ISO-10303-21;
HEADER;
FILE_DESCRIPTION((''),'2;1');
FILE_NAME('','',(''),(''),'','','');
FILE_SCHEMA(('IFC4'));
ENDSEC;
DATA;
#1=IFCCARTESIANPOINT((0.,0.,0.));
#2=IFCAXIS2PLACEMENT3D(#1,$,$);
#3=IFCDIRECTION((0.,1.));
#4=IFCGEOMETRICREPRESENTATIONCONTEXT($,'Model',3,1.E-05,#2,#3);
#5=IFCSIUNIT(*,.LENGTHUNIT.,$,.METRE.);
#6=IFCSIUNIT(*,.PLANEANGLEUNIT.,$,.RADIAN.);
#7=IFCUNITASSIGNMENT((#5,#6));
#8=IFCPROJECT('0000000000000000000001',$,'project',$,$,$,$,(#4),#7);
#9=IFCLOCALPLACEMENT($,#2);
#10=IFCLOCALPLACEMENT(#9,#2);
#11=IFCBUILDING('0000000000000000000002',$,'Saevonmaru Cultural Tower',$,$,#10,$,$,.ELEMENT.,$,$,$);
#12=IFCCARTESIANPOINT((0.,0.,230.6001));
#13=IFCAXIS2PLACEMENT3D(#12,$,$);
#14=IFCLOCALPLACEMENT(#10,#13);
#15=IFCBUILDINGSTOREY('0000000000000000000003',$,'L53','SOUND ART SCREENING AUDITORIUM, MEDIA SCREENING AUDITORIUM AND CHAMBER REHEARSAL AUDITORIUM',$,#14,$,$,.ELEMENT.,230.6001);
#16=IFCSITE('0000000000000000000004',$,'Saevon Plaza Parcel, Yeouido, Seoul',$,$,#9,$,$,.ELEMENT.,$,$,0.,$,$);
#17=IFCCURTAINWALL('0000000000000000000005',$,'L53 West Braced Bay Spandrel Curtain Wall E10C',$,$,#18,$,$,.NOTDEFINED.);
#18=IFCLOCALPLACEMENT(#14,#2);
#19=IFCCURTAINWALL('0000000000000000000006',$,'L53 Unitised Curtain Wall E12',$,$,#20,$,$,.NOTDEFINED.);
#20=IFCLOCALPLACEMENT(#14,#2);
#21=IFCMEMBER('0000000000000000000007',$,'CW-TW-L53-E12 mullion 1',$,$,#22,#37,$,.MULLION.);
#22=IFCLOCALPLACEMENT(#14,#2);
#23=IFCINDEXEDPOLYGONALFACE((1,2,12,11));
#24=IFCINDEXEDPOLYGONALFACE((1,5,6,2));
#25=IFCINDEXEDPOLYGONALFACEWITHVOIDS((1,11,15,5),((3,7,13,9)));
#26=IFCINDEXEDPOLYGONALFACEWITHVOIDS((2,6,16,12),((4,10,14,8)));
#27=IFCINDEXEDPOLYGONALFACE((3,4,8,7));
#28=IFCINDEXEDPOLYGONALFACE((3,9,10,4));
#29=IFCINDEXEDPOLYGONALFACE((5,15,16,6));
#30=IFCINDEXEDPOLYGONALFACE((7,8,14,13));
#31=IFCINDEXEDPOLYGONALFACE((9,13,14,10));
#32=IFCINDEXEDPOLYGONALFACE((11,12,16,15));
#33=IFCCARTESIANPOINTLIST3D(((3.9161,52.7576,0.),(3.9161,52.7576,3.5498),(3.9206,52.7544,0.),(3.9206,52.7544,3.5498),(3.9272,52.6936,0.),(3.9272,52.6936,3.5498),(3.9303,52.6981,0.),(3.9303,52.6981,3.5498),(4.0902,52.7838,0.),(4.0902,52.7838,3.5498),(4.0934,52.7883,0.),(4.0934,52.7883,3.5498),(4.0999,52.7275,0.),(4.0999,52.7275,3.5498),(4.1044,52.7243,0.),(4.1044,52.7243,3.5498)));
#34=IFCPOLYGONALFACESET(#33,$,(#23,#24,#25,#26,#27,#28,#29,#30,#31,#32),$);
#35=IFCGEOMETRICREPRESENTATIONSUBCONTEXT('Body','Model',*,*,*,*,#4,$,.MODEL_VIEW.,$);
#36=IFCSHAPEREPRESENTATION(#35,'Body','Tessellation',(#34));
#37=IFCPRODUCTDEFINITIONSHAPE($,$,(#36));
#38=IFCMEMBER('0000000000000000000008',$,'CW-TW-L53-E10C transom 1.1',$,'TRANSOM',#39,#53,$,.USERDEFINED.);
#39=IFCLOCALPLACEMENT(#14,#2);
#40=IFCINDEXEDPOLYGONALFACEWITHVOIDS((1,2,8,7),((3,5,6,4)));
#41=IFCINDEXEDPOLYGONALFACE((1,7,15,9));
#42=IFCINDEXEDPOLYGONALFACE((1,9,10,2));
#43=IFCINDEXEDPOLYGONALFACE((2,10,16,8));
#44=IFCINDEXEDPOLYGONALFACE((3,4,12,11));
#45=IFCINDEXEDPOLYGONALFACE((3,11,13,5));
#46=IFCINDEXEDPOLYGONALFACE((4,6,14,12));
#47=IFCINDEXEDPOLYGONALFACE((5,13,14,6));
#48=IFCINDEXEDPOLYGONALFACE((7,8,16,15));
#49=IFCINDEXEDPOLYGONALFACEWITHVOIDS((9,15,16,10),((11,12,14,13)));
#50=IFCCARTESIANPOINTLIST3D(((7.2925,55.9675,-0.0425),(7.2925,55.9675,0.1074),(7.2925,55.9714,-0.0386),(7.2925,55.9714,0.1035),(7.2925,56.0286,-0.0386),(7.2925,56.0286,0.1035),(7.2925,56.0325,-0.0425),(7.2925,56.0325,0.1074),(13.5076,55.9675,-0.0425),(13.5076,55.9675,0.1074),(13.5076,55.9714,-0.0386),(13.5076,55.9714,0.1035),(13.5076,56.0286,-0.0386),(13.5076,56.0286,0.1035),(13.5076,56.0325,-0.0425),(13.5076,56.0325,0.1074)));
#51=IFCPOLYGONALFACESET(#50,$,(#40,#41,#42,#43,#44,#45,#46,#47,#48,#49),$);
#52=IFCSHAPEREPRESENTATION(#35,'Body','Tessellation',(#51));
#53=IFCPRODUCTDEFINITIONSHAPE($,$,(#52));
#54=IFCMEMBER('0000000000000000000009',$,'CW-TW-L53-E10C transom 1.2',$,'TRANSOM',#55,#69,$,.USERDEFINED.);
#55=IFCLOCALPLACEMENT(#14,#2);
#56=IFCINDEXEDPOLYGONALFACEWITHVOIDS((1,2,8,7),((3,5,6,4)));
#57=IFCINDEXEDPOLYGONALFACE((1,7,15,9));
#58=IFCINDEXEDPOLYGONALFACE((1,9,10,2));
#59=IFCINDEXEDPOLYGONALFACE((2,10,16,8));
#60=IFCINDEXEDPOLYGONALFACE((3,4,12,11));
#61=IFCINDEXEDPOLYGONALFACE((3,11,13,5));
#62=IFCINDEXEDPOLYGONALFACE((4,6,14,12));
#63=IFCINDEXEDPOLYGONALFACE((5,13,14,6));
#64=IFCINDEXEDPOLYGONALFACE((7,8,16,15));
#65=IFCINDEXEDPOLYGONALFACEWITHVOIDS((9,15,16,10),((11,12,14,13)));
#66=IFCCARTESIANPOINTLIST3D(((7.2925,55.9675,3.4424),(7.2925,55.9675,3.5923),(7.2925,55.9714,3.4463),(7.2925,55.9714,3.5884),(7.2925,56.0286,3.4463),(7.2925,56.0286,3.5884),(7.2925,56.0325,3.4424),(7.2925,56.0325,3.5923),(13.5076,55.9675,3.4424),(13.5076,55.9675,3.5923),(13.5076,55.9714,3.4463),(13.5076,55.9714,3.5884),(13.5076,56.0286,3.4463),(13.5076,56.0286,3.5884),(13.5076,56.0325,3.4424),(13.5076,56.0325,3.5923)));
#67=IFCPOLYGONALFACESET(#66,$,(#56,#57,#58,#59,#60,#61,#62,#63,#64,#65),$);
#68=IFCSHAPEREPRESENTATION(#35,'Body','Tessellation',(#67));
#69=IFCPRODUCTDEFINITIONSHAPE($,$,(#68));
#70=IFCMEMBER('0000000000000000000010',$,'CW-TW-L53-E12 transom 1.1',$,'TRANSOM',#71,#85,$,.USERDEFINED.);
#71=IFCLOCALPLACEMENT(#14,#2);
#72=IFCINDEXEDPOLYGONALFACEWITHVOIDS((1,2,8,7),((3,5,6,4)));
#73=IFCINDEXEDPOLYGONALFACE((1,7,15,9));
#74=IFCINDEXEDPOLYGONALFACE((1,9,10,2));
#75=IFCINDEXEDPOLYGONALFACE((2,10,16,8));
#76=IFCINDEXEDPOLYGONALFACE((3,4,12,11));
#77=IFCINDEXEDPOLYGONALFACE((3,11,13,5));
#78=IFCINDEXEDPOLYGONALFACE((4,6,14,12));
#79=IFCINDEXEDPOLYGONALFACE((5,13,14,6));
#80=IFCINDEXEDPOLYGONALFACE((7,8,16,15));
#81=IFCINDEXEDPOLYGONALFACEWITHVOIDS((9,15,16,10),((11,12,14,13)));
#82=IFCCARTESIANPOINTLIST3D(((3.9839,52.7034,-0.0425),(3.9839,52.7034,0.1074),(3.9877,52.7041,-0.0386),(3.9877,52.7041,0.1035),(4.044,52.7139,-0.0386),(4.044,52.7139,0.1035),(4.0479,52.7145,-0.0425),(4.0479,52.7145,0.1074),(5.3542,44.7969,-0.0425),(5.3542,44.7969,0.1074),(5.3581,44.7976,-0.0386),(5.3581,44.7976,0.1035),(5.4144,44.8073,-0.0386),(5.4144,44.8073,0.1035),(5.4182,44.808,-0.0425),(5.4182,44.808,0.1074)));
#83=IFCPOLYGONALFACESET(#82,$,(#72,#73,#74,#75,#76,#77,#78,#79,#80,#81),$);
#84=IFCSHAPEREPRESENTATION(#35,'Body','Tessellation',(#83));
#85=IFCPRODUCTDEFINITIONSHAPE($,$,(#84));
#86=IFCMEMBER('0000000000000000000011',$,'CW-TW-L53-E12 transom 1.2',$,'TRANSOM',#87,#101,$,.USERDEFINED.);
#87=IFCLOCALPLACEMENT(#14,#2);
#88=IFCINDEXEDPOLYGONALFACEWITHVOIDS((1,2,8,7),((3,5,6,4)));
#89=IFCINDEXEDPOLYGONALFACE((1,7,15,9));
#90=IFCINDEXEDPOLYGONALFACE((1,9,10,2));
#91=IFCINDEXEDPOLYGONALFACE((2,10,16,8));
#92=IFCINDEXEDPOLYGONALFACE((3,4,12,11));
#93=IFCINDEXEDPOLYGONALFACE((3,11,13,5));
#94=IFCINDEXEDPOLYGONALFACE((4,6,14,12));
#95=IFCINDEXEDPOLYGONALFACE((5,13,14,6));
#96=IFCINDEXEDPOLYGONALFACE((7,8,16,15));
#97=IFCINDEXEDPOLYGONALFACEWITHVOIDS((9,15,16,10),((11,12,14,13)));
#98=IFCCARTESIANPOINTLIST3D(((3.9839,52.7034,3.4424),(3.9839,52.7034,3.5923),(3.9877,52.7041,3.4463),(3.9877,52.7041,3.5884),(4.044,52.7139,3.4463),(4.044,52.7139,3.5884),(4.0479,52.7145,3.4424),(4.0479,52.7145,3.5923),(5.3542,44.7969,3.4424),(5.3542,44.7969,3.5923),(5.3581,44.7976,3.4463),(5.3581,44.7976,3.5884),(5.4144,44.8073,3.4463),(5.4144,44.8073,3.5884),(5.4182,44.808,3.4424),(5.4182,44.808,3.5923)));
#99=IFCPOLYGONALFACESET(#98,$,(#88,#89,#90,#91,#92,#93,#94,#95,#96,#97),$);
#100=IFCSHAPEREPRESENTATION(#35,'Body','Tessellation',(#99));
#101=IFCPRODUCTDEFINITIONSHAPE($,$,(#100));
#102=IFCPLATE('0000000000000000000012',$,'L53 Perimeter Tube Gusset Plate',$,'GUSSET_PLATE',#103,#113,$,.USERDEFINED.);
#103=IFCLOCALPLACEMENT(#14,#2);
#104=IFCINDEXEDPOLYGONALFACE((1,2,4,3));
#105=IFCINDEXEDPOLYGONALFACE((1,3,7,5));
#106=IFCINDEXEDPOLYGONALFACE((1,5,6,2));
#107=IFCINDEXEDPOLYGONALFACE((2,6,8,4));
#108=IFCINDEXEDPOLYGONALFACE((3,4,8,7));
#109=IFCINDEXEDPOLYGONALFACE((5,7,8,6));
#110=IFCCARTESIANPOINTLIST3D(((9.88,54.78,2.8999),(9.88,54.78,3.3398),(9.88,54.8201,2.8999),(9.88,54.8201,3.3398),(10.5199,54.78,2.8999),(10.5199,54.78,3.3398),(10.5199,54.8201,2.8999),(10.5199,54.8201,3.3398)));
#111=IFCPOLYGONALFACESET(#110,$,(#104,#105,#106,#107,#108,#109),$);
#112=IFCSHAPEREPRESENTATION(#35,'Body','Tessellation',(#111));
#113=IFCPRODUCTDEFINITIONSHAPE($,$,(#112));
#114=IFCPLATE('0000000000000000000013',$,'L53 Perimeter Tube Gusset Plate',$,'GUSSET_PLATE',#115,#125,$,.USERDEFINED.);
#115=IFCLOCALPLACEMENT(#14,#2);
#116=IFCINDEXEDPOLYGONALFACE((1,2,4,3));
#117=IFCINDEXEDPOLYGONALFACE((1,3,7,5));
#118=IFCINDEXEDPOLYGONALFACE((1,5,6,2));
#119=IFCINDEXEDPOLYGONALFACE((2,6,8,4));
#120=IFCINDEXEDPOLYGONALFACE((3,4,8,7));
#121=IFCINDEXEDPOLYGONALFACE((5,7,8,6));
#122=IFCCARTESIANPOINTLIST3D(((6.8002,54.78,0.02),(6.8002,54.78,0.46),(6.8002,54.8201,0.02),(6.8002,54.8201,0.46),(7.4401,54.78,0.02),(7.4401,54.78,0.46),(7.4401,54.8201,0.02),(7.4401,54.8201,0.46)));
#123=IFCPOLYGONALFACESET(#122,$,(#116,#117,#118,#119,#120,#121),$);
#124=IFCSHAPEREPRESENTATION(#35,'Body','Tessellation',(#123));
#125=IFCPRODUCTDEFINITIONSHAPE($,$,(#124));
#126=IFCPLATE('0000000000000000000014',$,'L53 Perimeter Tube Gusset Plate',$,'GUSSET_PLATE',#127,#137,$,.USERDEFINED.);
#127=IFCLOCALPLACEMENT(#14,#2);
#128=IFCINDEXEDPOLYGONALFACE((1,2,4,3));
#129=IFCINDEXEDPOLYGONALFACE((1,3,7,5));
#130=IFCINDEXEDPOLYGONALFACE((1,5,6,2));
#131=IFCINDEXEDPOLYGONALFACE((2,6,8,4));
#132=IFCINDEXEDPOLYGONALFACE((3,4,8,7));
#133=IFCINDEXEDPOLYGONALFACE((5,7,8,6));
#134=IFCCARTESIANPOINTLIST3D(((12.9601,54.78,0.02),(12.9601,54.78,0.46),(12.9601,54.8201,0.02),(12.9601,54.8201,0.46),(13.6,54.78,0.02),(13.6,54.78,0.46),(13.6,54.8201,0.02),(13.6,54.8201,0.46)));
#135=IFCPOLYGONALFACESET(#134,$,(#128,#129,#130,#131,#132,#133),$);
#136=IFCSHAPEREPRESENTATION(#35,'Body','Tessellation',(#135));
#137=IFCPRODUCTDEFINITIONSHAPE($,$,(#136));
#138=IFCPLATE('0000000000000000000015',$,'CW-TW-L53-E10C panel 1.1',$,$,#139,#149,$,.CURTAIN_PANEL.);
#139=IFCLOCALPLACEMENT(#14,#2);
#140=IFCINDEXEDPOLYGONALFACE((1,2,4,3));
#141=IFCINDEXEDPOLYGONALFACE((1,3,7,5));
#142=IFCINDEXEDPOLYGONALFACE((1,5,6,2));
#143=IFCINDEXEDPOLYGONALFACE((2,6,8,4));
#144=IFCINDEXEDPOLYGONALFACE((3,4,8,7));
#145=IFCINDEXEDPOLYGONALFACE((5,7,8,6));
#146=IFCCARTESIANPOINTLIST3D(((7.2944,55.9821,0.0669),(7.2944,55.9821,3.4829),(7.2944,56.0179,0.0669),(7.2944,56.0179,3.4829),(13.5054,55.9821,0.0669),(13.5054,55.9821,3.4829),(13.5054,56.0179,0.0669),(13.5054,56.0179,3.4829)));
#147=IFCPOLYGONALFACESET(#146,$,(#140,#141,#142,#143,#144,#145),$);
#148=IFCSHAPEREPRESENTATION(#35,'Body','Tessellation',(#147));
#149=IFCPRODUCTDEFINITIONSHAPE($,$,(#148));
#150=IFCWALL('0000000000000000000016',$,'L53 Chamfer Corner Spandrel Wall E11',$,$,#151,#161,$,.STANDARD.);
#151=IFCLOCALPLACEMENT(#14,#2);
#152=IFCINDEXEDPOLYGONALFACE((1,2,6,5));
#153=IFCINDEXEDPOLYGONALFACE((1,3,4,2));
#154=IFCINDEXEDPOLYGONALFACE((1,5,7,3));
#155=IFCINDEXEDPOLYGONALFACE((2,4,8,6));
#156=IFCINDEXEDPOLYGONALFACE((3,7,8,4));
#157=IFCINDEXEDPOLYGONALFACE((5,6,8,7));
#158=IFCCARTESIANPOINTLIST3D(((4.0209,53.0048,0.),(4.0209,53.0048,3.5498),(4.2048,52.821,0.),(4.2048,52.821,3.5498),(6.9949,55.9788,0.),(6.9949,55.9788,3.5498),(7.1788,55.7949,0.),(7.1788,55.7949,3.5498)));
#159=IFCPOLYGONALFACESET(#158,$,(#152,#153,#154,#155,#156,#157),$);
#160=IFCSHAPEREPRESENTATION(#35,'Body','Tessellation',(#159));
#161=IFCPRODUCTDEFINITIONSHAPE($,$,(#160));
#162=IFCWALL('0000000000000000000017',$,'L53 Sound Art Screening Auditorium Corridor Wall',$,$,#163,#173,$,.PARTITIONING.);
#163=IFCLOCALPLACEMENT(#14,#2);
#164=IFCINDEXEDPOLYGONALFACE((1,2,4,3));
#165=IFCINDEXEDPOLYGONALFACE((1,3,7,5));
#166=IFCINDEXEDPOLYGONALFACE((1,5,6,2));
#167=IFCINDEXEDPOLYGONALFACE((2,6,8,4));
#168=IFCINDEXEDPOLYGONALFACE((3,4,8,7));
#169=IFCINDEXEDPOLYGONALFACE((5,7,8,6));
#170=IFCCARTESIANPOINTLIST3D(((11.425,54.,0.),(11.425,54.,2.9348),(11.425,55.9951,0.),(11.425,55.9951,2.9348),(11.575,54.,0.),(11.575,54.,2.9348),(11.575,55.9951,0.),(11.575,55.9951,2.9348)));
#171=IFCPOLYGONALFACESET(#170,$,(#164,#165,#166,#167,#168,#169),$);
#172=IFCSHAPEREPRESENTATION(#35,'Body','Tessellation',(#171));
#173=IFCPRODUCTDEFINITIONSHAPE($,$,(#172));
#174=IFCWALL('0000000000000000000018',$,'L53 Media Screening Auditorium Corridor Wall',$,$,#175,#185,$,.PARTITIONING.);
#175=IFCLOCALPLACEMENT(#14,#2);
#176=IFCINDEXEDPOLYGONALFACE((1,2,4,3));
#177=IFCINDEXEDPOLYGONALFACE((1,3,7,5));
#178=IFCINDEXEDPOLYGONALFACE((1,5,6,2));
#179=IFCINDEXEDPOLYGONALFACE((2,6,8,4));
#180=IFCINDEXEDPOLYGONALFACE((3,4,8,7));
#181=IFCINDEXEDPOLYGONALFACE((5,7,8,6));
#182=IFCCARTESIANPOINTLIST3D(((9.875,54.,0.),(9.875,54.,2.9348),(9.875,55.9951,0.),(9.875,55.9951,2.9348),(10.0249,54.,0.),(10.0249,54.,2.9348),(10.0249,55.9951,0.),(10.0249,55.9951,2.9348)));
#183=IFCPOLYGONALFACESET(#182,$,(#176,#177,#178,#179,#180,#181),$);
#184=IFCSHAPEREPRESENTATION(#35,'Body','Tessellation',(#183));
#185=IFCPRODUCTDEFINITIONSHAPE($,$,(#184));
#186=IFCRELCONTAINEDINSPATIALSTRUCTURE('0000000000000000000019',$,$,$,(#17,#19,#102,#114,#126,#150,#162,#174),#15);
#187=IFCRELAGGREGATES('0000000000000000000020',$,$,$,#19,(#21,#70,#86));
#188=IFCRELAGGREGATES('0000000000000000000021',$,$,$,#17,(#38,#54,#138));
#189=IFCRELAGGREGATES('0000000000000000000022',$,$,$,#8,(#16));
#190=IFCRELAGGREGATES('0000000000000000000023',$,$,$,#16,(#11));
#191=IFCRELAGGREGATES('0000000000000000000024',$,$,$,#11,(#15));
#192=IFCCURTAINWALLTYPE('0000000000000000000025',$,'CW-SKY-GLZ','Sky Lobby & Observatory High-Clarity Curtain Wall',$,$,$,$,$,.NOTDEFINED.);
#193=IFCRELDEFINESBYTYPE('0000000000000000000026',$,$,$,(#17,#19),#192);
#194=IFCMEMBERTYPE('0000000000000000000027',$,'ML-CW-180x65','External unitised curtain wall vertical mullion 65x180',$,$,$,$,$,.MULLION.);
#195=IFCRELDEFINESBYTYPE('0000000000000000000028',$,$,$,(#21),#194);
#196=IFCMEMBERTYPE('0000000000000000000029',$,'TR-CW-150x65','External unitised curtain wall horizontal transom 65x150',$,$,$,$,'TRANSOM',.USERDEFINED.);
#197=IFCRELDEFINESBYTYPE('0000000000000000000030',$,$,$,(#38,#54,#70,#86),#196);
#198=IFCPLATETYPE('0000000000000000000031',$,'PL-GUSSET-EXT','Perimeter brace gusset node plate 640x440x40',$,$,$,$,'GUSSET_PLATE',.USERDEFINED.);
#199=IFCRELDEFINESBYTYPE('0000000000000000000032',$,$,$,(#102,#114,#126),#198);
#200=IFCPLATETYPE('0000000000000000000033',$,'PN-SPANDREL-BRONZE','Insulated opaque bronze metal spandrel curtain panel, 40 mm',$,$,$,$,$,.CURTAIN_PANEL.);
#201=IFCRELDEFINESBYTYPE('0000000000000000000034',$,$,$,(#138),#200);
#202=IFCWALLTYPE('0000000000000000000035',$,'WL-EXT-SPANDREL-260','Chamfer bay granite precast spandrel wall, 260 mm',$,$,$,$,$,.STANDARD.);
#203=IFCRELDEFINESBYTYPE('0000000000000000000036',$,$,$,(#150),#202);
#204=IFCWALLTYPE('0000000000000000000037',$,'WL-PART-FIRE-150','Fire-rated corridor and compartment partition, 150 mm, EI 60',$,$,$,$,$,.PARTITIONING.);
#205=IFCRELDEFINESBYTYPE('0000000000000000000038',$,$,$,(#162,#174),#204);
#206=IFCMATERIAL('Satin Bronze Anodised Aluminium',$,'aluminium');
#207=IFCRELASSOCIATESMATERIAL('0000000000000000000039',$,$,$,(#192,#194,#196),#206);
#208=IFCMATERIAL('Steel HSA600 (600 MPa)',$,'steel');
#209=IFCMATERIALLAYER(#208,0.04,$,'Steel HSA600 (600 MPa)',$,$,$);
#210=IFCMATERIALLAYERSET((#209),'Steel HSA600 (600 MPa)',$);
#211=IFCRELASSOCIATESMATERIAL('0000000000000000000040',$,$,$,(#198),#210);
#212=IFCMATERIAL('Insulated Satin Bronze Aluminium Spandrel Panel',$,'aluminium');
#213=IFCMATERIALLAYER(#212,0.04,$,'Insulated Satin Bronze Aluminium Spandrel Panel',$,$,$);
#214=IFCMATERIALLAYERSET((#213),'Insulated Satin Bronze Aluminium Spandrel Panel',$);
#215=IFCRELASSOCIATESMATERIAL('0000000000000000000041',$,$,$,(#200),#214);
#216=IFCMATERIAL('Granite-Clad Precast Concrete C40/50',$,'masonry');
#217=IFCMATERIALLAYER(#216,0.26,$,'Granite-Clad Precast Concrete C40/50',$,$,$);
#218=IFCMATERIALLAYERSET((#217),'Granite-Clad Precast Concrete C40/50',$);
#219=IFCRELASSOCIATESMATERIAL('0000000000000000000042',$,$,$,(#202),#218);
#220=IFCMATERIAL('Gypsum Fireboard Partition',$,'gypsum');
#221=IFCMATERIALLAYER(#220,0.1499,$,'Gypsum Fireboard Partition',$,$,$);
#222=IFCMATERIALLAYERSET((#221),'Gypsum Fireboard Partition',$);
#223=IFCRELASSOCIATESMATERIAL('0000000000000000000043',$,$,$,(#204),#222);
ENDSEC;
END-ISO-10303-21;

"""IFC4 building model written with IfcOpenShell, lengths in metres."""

from ifc_helpers import new_model, si_unit, direction, frame, frame_2d, origin, origin_2d, place, context, subcontext, project, spatial, rectangle, hollow_rectangle, extrude, material, layer, layer_set, material_profile, profile_set, type_object, element, aggregate, save


model = new_model("IFC4")

# Units and contexts
model_context = context("Model", 3, precision=1e-05, world=origin(), true_north=direction((0.0, 1.0)))
body_context = subcontext(model_context, "Body", "Model", "MODEL_VIEW")
ifc_project = project(units=[si_unit("LENGTHUNIT", "METRE"), si_unit("PLANEANGLEUNIT", "RADIAN")], contexts=[model_context])

# Site, building, storey
site_placement = place(None, origin())
site = spatial("IfcSite", under=ifc_project, at=site_placement, Name="Saevon Plaza Parcel, Yeouido, Seoul", CompositionType="ELEMENT", RefElevation=0.0)
building_placement = place(site_placement, origin())
building = spatial("IfcBuilding", under=site, at=building_placement, Name="Saevonmaru Cultural Tower", CompositionType="ELEMENT")
storey_placement = place(building_placement, frame((0.0, 0.0, 230.6001)))
storey = spatial("IfcBuildingStorey", under=building, at=storey_placement, Name="L53", Description="SOUND ART SCREENING AUDITORIUM, MEDIA SCREENING AUDITORIUM AND CHAMBER REHEARSAL AUDITORIUM", CompositionType="ELEMENT", Elevation=230.6001)

# Curtain walls, member
ifc_material_1 = material(Name="Satin Bronze Anodised Aluminium", Category="aluminium")
curtain_wall_type = type_object("IfcCurtainWallType", Name="CW-SKY-GLZ", Description="Sky Lobby & Observatory High-Clarity Curtain Wall", PredefinedType="NOTDEFINED", material=ifc_material_1)
curtain_wall_1_placement = place(storey_placement, origin())
curtain_wall_1 = element("IfcCurtainWall", 1, at=curtain_wall_1_placement, inside=storey, type_object=curtain_wall_type, Name="L53 West Braced Bay Spandrel Curtain Wall E10C", PredefinedType="NOTDEFINED")
ifc_material_profile_1 = material_profile(ifc_material_1, hollow_rectangle(XDim=0.0649, YDim=0.1799, WallThickness=0.0039, at=origin_2d()), Name="ALU-MULL-180x65x4")
ifc_profile_set_1 = profile_set([ifc_material_profile_1], Name="Satin Bronze Anodised Aluminium")
member_type_1 = type_object("IfcMemberType", Name="ML-CW-180x65", Description="External unitised curtain wall vertical mullion 65x180", PredefinedType="MULLION", material=ifc_profile_set_1)
curtain_wall_2_placement = place(storey_placement, origin())
curtain_wall_2 = element("IfcCurtainWall", 2, at=curtain_wall_2_placement, inside=storey, type_object=curtain_wall_type, Name="L53 Unitised Curtain Wall E12", PredefinedType="NOTDEFINED")
member_1_placement = place(storey_placement, frame((4.0103, 52.741, 0.0), z_axis=(0.0, 0.0, 1.0), x_axis=(0.17079, -0.985307, 0.0)))
member_1 = element("IfcMember", 3, at=member_1_placement, type_object=member_type_1, Name="CW-TW-L53-E12 mullion 1", PredefinedType="MULLION", context=body_context, shape_type="SweptSolid", body=[
    extrude(hollow_rectangle(XDim=0.0649, YDim=0.1799, WallThickness=0.0039, at=origin_2d()), origin(), (0.0, 0.0, 1.0), 3.5498),
])

# Members
ifc_material_profile_2 = material_profile(ifc_material_1, hollow_rectangle(XDim=0.0649, YDim=0.1499, WallThickness=0.0039, at=origin_2d()), Name="ALU-TRAN-150x65x4")
ifc_profile_set_2 = profile_set([ifc_material_profile_2], Name="Satin Bronze Anodised Aluminium")
member_type_2 = type_object("IfcMemberType", Name="TR-CW-150x65", Description="External unitised curtain wall horizontal transom 65x150", ElementType="TRANSOM", PredefinedType="USERDEFINED", material=ifc_profile_set_2)
member_2_placement = place(storey_placement, frame((13.5076, 56.0, 0.0325), z_axis=(-1.0, 0.0, 0.0), x_axis=(0.0, -1.0, 0.0)))
member_2 = element("IfcMember", 4, at=member_2_placement, type_object=member_type_2, Name="CW-TW-L53-E10C transom 1.1", ObjectType="TRANSOM", PredefinedType="USERDEFINED", context=body_context, shape_type="SweptSolid", body=[
    extrude(hollow_rectangle(XDim=0.0649, YDim=0.1499, WallThickness=0.0039, at=origin_2d()), origin(), (0.0, 0.0, 1.0), 6.2151),
])
member_3_placement = place(storey_placement, frame((13.5076, 56.0, 3.5173), z_axis=(-1.0, 0.0, 0.0), x_axis=(0.0, -1.0, 0.0)))
member_3 = element("IfcMember", 5, at=member_3_placement, type_object=member_type_2, Name="CW-TW-L53-E10C transom 1.2", ObjectType="TRANSOM", PredefinedType="USERDEFINED", context=body_context, shape_type="SweptSolid", body=[
    extrude(hollow_rectangle(XDim=0.0649, YDim=0.1499, WallThickness=0.0039, at=origin_2d()), origin(), (0.0, 0.0, 1.0), 6.2151),
])
member_4_placement = place(storey_placement, frame((4.0159, 52.709, 0.0325), z_axis=(0.170775, -0.98531, 0.0), x_axis=(0.98531, 0.170775, 0.0)))
member_4 = element("IfcMember", 6, at=member_4_placement, type_object=member_type_2, Name="CW-TW-L53-E12 transom 1.1", ObjectType="TRANSOM", PredefinedType="USERDEFINED", context=body_context, shape_type="SweptSolid", body=[
    extrude(hollow_rectangle(XDim=0.0649, YDim=0.1499, WallThickness=0.0039, at=origin_2d()), origin(), (0.0, 0.0, 1.0), 8.0244),
])
member_5_placement = place(storey_placement, frame((4.0159, 52.709, 3.5173), z_axis=(0.170775, -0.98531, 0.0), x_axis=(0.98531, 0.170775, 0.0)))
member_5 = element("IfcMember", 7, at=member_5_placement, type_object=member_type_2, Name="CW-TW-L53-E12 transom 1.2", ObjectType="TRANSOM", PredefinedType="USERDEFINED", context=body_context, shape_type="SweptSolid", body=[
    extrude(hollow_rectangle(XDim=0.0649, YDim=0.1499, WallThickness=0.0039, at=origin_2d()), origin(), (0.0, 0.0, 1.0), 8.0244),
])
aggregate(curtain_wall_2, [member_1, member_4, member_5])

# Plates
ifc_material_2 = material(Name="Steel HSA600 (600 MPa)", Category="steel")
ifc_layer_1 = layer(ifc_material_2, 0.04, Name="Steel HSA600 (600 MPa)")
ifc_layer_set_1 = layer_set([ifc_layer_1], Name="Steel HSA600 (600 MPa)")
plate_type_1 = type_object("IfcPlateType", Name="PL-GUSSET-EXT", Description="Perimeter brace gusset node plate 640x440x40", ElementType="GUSSET_PLATE", PredefinedType="USERDEFINED", material=ifc_layer_set_1)
for number, where, z_axis, x_axis, name in (
    (8, (10.2, 54.8, 2.8999), (0.0, 0.0, 1.0), (1.0, 0.0, 0.0), "L53 Perimeter Tube Gusset Plate"),
    (9, (7.1201, 54.8, 0.02), (0.0, 0.0, 1.0), (1.0, 0.0, 0.0), "L53 Perimeter Tube Gusset Plate"),
    (10, (13.28, 54.8, 0.02), (0.0, 0.0, 1.0), (1.0, 0.0, 0.0), "L53 Perimeter Tube Gusset Plate"),
):
    element("IfcPlate", number, at=place(storey_placement, frame(where, z_axis=z_axis, x_axis=x_axis)), inside=storey, type_object=plate_type_1, Name=name, ObjectType="GUSSET_PLATE", PredefinedType="USERDEFINED", context=body_context, shape_type="SweptSolid", body=[
        extrude(rectangle(XDim=0.6399, YDim=0.04, at=origin_2d()), origin(), (0.0, 0.0, 1.0), 0.4399),
    ])

# Plate
ifc_material_3 = material(Name="Insulated Satin Bronze Aluminium Spandrel Panel", Category="aluminium")
ifc_layer_2 = layer(ifc_material_3, 0.04, Name="Insulated Satin Bronze Aluminium Spandrel Panel")
ifc_layer_set_2 = layer_set([ifc_layer_2], Name="Insulated Satin Bronze Aluminium Spandrel Panel")
plate_type_2 = type_object("IfcPlateType", Name="PN-SPANDREL-BRONZE", Description="Insulated opaque bronze metal spandrel curtain panel, 40 mm", PredefinedType="CURTAIN_PANEL", material=ifc_layer_set_2)
plate_placement = place(storey_placement, frame((10.3999, 56.0, 0.0669), z_axis=(0.0, 0.0, 1.0), x_axis=(-1.0, 0.0, 0.0)))
plate = element("IfcPlate", 11, at=plate_placement, type_object=plate_type_2, Name="CW-TW-L53-E10C panel 1.1", PredefinedType="CURTAIN_PANEL", context=body_context, shape_type="SweptSolid", body=[
    extrude(rectangle(XDim=6.2109, YDim=0.0359, at=origin_2d()), origin(), (0.0, 0.0, 1.0), 3.416),
])
aggregate(curtain_wall_1, [member_2, member_3, plate])

# Walls
ifc_material_4 = material(Name="Granite-Clad Precast Concrete C40/50", Category="masonry")
ifc_layer_3 = layer(ifc_material_4, 0.26, Name="Granite-Clad Precast Concrete C40/50")
ifc_layer_set_3 = layer_set([ifc_layer_3], Name="Granite-Clad Precast Concrete C40/50")
wall_type_1 = type_object("IfcWallType", Name="WL-EXT-SPANDREL-260", Description="Chamfer bay granite precast spandrel wall, 260 mm", PredefinedType="STANDARD", material=ifc_layer_set_3)
wall_1_placement = place(storey_placement, frame((7.0869, 55.887, 0.0), z_axis=(0.0, 0.0, 1.0), x_axis=(-0.707107, -0.707107, 0.0)))
element("IfcWall", 12, at=wall_1_placement, inside=storey, type_object=wall_type_1, Name="L53 Chamfer Corner Spandrel Wall E11", PredefinedType="STANDARD", context=body_context, shape_type="SweptSolid", body=[
    extrude(rectangle(XDim=4.2058, YDim=0.26, at=frame_2d((2.103, 0.0))), origin(), (0.0, 0.0, 1.0), 3.5498),
])
ifc_material_5 = material(Name="Gypsum Fireboard Partition", Category="gypsum")
ifc_layer_4 = layer(ifc_material_5, 0.1499, Name="Gypsum Fireboard Partition")
ifc_layer_set_4 = layer_set([ifc_layer_4], Name="Gypsum Fireboard Partition")
wall_type_2 = type_object("IfcWallType", Name="WL-PART-FIRE-150", Description="Fire-rated corridor and compartment partition, 150 mm, EI 60", PredefinedType="PARTITIONING", material=ifc_layer_set_4)
for number, where, z_axis, x_axis, name in (
    (13, (11.5, 54.0, 0.0), (0.0, 0.0, 1.0), (0.0, 1.0, 0.0), "L53 Sound Art Screening Auditorium Corridor Wall"),
    (14, (9.95, 54.0, 0.0), (0.0, 0.0, 1.0), (0.0, 1.0, 0.0), "L53 Media Screening Auditorium Corridor Wall"),
):
    element("IfcWall", number, at=place(storey_placement, frame(where, z_axis=z_axis, x_axis=x_axis)), inside=storey, type_object=wall_type_2, Name=name, PredefinedType="PARTITIONING", context=body_context, shape_type="SweptSolid", body=[
        extrude(rectangle(XDim=1.9951, YDim=0.1499, at=frame_2d((0.9976, 0.0))), origin(), (0.0, 0.0, 1.0), 2.9348),
    ])

save(model, "model.ifc")
